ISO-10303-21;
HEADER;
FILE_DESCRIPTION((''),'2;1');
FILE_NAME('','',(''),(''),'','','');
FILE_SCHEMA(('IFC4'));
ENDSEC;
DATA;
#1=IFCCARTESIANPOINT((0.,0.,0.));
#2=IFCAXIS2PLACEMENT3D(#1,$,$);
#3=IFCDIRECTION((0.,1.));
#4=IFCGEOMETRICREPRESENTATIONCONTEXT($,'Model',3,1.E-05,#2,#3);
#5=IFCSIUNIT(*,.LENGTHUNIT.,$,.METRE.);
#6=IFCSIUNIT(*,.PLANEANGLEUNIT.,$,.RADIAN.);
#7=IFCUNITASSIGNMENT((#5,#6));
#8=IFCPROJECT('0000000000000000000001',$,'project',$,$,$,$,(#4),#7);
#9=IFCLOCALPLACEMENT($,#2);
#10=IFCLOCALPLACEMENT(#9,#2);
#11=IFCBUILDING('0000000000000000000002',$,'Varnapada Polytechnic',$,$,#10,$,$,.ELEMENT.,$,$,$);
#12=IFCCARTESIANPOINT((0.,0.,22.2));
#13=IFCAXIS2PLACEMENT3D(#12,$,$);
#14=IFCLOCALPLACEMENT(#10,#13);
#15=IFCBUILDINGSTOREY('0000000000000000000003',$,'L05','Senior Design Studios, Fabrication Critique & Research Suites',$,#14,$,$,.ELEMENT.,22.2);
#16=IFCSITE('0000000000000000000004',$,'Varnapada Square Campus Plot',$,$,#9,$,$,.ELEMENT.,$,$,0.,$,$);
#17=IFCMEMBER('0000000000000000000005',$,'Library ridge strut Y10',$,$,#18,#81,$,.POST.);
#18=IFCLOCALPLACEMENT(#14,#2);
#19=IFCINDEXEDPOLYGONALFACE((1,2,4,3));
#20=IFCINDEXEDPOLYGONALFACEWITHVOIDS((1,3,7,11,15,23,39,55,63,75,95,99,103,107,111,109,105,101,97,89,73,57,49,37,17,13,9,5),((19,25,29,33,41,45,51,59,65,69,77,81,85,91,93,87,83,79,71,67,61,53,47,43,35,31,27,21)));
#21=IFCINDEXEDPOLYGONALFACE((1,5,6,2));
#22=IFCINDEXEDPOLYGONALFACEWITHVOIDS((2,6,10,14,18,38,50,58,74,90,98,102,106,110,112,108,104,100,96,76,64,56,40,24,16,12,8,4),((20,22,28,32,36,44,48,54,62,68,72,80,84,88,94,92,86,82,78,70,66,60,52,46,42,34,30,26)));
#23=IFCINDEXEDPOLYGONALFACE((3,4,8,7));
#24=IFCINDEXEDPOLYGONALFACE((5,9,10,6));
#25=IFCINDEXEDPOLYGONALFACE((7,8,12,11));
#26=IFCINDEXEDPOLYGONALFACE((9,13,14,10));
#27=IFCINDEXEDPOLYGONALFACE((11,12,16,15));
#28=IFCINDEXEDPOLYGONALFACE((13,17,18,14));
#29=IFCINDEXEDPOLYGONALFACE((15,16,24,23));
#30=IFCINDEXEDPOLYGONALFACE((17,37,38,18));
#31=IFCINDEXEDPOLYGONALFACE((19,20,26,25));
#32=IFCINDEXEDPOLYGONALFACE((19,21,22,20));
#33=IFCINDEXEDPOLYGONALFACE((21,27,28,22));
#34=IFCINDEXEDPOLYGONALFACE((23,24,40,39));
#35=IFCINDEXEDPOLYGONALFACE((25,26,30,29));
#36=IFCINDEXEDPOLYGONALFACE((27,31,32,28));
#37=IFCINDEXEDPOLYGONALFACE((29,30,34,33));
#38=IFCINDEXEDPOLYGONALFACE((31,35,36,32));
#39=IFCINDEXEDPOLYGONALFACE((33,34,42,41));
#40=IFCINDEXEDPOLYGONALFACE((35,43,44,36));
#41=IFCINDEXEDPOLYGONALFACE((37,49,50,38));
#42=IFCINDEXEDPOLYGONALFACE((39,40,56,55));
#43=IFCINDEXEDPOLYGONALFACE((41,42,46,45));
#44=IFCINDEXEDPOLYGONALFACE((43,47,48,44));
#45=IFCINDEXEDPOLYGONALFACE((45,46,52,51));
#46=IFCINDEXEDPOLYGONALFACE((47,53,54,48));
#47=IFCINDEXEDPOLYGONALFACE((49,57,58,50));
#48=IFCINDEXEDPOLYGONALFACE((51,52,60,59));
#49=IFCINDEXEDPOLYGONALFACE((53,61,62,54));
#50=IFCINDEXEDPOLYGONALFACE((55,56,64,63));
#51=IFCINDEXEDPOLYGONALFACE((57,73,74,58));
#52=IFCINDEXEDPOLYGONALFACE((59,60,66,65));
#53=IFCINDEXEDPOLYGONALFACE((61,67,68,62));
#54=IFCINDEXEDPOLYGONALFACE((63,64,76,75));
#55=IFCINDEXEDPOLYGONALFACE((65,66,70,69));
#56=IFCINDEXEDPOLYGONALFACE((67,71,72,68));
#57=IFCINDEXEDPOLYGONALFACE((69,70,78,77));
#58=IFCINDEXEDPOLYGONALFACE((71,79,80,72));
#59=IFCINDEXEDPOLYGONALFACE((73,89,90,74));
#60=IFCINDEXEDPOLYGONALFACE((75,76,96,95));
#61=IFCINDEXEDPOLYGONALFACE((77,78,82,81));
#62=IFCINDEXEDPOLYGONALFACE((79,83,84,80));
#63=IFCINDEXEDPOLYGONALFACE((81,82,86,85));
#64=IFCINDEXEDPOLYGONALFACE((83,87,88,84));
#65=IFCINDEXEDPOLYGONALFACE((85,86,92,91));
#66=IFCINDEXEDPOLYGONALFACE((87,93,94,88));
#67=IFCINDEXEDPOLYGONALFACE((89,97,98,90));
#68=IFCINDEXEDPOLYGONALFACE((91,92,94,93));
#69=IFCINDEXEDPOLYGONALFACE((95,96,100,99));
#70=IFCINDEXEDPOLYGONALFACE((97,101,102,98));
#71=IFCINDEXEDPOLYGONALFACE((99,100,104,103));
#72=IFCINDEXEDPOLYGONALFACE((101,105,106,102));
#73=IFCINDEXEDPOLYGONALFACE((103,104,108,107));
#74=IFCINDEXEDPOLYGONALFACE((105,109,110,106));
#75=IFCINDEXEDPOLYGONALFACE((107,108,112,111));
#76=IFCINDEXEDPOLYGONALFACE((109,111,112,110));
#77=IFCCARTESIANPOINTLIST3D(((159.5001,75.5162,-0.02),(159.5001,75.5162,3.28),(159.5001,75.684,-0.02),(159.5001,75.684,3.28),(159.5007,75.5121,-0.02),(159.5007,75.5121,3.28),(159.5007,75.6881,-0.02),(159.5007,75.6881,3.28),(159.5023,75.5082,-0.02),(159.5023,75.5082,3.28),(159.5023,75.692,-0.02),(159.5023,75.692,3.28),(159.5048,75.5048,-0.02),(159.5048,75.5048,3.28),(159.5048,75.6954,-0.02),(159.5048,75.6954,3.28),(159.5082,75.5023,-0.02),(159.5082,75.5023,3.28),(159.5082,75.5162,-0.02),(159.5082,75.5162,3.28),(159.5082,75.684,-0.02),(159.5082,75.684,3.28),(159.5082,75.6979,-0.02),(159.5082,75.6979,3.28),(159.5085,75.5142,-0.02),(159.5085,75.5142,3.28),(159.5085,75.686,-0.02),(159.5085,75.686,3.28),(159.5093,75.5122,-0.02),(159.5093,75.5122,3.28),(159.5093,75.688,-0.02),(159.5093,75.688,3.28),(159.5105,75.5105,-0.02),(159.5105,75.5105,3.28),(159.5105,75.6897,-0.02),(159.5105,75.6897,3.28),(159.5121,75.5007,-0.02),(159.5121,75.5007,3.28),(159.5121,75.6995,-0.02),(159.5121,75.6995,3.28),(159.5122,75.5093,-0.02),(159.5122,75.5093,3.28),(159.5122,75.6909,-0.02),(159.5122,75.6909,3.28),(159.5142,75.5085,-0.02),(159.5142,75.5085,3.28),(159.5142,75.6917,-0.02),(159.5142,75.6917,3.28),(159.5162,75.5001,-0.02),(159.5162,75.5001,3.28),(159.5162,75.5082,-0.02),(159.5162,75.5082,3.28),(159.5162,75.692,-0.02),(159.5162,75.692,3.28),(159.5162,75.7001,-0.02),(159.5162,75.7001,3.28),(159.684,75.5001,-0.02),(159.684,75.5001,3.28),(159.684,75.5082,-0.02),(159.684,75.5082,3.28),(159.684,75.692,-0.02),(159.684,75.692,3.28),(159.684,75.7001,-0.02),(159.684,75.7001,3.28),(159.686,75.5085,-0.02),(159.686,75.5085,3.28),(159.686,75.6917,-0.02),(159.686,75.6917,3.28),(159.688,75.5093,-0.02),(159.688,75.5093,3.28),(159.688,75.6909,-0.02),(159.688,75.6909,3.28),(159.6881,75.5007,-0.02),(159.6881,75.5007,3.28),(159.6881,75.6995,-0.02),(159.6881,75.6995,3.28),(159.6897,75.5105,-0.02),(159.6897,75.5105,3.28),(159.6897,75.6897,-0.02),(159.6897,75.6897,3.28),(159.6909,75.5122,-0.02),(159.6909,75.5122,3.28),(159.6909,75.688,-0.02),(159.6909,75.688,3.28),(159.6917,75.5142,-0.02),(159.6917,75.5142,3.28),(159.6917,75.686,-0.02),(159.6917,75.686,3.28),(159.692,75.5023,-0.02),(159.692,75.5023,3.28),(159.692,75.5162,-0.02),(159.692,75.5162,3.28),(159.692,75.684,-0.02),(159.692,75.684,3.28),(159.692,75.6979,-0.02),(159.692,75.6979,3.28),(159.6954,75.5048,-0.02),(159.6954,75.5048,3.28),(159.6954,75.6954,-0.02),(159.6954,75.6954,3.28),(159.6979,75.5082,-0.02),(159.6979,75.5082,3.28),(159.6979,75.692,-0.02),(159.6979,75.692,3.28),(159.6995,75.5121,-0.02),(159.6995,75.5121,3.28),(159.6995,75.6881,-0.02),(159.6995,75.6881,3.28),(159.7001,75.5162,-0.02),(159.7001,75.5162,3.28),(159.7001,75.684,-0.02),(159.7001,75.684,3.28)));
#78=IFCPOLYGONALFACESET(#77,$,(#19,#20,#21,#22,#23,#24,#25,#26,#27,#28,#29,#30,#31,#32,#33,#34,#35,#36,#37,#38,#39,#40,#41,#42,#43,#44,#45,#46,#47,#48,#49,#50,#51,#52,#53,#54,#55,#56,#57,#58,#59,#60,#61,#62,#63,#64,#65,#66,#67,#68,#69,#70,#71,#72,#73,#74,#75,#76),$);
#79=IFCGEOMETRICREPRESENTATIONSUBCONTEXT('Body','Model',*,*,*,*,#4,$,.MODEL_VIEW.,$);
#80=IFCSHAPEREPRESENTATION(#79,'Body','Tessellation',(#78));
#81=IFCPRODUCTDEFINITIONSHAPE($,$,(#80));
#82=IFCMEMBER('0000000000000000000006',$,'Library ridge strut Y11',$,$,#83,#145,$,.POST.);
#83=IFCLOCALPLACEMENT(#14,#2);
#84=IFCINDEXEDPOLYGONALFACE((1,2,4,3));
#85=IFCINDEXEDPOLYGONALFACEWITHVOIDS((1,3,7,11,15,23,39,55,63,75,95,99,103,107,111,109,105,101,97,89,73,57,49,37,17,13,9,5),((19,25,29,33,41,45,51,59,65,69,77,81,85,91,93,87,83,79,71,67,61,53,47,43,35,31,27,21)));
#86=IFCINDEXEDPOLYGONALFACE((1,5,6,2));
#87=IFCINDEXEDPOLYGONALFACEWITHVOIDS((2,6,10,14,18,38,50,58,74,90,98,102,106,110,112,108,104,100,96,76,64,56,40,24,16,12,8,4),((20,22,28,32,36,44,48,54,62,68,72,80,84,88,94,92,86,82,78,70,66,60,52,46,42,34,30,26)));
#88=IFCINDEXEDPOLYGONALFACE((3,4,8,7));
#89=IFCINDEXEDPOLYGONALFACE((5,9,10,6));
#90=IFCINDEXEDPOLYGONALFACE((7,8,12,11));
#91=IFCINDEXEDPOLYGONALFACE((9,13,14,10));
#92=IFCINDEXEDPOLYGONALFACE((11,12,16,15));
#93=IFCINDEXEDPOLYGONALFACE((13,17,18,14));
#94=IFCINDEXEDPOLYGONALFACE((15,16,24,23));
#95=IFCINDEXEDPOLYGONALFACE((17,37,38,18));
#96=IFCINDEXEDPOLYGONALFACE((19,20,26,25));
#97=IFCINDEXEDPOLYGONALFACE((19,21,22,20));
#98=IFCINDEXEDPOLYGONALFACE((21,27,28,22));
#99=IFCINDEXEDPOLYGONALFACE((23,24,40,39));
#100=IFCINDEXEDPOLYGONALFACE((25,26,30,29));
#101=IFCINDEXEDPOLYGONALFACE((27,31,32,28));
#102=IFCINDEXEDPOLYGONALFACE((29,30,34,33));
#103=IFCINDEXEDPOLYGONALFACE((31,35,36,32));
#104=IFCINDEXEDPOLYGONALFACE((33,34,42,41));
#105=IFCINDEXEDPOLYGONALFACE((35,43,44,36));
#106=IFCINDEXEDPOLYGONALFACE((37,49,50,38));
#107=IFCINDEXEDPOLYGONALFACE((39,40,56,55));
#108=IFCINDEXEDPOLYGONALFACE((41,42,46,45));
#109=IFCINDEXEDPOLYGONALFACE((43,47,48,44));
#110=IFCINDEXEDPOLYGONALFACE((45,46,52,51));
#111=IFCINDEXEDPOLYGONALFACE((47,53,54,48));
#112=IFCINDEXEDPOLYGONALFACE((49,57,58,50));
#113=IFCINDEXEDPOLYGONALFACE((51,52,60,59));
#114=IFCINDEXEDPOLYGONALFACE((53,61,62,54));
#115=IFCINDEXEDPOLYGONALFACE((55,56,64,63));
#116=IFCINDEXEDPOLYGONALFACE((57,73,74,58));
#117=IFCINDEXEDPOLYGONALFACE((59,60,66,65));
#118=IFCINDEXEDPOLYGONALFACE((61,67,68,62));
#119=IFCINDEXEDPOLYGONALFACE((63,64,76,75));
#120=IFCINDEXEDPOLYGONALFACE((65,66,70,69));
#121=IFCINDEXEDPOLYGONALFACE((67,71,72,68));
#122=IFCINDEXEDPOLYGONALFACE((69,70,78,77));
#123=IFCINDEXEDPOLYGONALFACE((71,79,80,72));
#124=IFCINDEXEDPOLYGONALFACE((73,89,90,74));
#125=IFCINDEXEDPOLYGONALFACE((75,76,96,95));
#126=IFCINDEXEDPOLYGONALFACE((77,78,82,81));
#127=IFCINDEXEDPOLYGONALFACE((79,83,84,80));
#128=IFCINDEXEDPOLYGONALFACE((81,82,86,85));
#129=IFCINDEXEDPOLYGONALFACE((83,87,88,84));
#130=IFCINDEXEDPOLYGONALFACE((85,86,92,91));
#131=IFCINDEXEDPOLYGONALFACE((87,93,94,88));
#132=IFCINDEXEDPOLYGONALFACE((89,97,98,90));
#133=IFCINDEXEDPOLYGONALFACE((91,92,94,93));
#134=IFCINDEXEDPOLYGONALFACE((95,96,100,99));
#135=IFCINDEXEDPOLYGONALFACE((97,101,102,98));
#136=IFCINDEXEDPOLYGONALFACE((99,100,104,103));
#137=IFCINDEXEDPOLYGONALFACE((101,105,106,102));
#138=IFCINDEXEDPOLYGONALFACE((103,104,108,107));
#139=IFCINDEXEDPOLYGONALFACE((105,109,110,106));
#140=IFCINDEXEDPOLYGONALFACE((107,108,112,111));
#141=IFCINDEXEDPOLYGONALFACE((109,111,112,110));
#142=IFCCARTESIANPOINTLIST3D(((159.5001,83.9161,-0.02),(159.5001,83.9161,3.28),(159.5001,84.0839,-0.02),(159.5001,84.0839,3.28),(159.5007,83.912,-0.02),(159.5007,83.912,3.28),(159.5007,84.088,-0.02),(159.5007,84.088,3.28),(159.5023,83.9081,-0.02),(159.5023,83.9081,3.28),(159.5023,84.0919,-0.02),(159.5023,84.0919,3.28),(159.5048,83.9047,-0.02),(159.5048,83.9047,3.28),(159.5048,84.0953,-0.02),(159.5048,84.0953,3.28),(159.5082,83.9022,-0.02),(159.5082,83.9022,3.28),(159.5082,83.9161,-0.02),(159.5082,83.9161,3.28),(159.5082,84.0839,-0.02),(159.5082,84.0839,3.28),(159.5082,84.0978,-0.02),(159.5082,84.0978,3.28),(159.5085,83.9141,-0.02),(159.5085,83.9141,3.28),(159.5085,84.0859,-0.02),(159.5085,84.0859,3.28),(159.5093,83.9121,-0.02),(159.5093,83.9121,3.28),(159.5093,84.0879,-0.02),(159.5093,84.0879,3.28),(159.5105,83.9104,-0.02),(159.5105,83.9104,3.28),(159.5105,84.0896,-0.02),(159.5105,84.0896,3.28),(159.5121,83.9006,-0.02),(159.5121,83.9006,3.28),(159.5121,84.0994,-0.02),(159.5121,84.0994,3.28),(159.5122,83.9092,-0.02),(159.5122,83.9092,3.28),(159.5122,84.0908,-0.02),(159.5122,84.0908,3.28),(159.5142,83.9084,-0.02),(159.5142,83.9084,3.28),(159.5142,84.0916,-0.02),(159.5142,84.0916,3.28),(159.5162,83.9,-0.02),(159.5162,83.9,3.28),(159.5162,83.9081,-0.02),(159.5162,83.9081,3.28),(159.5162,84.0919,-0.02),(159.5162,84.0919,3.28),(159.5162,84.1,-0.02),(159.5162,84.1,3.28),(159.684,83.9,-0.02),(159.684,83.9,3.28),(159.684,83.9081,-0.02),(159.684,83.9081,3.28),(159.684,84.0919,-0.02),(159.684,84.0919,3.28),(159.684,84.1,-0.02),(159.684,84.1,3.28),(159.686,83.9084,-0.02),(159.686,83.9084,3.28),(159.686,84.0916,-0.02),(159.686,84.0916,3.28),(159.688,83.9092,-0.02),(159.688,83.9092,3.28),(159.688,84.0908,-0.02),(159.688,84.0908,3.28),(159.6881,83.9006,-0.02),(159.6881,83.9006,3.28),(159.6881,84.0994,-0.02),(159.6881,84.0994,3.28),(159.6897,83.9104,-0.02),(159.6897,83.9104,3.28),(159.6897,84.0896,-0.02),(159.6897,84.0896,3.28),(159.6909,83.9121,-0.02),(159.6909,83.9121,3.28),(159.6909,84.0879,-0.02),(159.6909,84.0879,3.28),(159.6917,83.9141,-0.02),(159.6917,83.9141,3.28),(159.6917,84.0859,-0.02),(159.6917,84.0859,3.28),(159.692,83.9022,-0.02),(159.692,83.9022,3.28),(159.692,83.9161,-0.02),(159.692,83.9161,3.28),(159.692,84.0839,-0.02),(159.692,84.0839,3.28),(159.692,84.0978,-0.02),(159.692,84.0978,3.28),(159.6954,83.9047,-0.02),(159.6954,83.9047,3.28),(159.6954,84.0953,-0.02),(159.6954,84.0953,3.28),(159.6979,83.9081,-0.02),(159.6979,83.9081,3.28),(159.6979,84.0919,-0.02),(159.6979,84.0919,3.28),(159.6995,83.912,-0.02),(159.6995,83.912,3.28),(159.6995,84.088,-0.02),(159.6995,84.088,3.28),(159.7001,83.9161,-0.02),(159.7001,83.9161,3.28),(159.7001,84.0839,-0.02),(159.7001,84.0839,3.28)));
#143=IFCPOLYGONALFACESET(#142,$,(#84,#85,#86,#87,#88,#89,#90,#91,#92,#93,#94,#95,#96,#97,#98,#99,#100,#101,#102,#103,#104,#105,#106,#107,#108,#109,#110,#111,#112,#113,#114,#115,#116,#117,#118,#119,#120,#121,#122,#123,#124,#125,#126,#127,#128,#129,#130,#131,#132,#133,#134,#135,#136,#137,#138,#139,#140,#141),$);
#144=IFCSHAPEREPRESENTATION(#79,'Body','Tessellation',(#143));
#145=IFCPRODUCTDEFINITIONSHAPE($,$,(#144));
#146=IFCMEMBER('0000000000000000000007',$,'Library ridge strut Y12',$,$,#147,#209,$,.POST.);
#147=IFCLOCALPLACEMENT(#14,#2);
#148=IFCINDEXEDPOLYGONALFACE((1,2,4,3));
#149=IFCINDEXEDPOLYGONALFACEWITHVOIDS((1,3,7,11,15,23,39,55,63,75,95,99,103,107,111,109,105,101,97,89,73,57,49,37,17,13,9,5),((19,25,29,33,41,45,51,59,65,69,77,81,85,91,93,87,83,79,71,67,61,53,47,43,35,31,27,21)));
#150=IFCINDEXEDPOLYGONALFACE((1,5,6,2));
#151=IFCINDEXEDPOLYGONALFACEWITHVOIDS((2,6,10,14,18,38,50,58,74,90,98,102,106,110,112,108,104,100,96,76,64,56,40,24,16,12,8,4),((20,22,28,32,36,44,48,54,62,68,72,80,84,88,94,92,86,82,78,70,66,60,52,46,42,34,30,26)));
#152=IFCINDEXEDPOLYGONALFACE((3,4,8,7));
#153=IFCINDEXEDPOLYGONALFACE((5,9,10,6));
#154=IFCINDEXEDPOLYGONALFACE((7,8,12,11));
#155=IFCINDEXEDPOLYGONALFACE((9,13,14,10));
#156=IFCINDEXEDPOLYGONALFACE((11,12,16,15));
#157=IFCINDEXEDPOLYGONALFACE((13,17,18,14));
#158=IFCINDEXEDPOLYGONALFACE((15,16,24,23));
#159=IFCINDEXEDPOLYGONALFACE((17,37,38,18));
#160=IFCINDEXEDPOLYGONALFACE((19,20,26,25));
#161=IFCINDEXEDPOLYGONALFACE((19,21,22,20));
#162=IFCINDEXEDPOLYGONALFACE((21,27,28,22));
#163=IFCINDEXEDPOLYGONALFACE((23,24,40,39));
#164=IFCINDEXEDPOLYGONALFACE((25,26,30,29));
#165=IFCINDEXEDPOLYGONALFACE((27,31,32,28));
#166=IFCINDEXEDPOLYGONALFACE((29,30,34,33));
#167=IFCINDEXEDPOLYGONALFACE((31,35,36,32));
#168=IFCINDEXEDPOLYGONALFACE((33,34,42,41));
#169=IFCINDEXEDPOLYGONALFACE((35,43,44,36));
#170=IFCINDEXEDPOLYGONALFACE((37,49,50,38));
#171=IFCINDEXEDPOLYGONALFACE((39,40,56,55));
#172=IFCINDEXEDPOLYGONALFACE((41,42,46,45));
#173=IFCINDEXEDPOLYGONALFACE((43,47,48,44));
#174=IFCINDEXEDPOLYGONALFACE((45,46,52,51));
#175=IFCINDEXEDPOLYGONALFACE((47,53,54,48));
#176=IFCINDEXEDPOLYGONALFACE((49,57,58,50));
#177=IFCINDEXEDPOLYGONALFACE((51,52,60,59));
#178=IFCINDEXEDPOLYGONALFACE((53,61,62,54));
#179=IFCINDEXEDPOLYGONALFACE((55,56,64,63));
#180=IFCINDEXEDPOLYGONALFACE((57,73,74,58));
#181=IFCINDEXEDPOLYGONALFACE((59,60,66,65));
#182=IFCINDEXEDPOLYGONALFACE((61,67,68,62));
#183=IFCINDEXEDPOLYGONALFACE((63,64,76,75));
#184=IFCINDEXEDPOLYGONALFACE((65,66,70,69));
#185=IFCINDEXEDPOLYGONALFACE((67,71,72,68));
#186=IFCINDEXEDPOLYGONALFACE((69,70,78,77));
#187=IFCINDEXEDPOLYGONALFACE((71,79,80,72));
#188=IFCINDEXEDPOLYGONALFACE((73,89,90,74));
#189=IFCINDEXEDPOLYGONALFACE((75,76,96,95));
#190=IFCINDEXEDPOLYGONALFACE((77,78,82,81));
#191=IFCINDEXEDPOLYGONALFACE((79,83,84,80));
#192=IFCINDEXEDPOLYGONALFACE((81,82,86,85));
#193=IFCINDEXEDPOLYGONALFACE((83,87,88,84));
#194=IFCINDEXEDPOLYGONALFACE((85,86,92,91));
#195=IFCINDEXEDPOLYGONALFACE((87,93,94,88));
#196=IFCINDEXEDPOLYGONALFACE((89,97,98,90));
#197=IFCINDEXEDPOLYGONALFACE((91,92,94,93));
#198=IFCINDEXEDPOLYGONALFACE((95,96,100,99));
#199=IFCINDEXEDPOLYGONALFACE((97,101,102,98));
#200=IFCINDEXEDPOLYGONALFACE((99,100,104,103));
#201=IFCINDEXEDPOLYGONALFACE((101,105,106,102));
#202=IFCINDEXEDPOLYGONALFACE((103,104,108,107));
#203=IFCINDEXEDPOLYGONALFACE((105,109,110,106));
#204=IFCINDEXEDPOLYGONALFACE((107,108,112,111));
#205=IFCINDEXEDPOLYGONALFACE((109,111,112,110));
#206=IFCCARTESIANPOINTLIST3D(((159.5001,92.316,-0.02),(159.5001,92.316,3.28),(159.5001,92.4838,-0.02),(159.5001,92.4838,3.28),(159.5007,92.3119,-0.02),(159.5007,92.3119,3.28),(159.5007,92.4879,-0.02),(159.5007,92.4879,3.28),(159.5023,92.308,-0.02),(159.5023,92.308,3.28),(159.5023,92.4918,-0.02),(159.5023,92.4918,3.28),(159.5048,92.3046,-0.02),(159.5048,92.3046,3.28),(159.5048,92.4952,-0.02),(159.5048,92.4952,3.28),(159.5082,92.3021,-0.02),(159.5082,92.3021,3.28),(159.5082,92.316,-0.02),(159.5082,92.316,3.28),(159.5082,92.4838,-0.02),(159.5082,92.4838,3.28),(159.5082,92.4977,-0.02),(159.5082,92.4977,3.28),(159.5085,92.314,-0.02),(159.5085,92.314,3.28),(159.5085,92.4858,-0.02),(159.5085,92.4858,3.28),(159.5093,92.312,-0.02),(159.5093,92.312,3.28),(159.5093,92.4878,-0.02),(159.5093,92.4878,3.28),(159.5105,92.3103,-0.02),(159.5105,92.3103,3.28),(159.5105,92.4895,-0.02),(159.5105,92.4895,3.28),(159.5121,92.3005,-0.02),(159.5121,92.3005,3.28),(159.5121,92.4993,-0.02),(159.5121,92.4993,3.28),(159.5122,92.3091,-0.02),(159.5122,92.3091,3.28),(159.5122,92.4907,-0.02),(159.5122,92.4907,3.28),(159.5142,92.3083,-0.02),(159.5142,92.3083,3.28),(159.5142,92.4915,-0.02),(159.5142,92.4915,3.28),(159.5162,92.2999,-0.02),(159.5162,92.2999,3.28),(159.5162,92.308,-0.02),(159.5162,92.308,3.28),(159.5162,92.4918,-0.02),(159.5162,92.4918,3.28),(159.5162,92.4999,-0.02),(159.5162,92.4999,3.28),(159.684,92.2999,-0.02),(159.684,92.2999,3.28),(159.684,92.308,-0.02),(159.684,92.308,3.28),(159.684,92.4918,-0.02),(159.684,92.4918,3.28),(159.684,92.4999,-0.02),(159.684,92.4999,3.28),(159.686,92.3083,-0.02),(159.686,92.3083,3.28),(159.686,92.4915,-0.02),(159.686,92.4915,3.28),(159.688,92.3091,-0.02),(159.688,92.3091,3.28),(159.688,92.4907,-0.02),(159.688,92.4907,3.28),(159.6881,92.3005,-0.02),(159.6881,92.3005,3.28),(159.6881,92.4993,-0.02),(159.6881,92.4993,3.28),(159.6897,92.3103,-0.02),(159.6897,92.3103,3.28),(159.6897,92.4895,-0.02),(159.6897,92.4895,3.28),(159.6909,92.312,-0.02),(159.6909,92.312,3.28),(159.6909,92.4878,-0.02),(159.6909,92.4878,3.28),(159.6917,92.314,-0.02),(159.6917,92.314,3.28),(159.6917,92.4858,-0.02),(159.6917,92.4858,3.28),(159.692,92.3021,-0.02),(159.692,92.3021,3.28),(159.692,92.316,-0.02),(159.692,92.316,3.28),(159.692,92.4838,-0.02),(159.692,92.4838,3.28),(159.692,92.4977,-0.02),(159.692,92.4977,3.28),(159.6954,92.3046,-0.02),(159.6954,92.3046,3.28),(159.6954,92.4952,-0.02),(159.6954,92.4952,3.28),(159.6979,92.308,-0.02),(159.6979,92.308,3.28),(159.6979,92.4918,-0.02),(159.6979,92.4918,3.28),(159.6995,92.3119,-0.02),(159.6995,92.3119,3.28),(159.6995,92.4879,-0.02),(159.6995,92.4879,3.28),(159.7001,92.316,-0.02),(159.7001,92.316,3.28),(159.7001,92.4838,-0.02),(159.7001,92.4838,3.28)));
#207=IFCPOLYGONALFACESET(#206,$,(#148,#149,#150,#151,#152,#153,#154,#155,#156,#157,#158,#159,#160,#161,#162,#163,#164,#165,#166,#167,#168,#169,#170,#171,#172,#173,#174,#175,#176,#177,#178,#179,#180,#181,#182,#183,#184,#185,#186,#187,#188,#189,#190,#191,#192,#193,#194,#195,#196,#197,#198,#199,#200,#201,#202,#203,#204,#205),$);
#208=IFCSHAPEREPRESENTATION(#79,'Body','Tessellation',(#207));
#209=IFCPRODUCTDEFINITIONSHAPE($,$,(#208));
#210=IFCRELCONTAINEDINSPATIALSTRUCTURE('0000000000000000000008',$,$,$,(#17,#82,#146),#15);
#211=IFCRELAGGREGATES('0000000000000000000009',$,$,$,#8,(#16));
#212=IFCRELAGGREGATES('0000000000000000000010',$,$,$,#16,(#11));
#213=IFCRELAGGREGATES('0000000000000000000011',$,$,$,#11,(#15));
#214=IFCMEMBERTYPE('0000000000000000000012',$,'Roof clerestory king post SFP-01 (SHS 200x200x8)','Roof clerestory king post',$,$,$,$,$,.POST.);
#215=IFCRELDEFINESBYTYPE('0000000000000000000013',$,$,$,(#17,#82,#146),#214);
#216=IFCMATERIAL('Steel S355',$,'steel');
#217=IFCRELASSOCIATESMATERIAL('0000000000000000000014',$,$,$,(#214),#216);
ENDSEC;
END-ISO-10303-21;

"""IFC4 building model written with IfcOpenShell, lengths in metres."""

from ifc_helpers import new_model, si_unit, direction, frame, origin, origin_2d, place, context, subcontext, project, spatial, hollow_rectangle, extrude, material, material_profile, profile_set, type_object, element, save


model = new_model("IFC4")

# Units and contexts
model_context = context("Model", 3, precision=1e-05, world=origin(), true_north=direction((0.0, 1.0)))
body_context = subcontext(model_context, "Body", "Model", "MODEL_VIEW")
ifc_project = project(units=[si_unit("LENGTHUNIT", "METRE"), si_unit("PLANEANGLEUNIT", "RADIAN")], contexts=[model_context])

# Site, building, storey
site_placement = place(None, origin())
site = spatial("IfcSite", under=ifc_project, at=site_placement, Name="Varnapada Square Campus Plot", CompositionType="ELEMENT", RefElevation=0.0)
building_placement = place(site_placement, origin())
building = spatial("IfcBuilding", under=site, at=building_placement, Name="Varnapada Polytechnic", CompositionType="ELEMENT")
storey_placement = place(building_placement, frame((0.0, 0.0, 22.2)))
storey = spatial("IfcBuildingStorey", under=building, at=storey_placement, Name="L05", Description="Senior Design Studios, Fabrication Critique & Research Suites", CompositionType="ELEMENT", Elevation=22.2)

# Shared definitions
ifc_material_1 = material(Name="Steel S355", Category="steel")

# Members
ifc_material_profile_1 = material_profile(ifc_material_1, hollow_rectangle(XDim=0.2, YDim=0.2, WallThickness=0.0081, InnerFilletRadius=0.0081, OuterFilletRadius=0.0161, at=origin_2d()), Name="SHS 200x200x8")
ifc_profile_set_1 = profile_set([ifc_material_profile_1], Name="Steel S355")
member_type = type_object("IfcMemberType", Name="Roof clerestory king post SFP-01 (SHS 200x200x8)", Description="Roof clerestory king post", PredefinedType="POST", material=ifc_profile_set_1)
for number, where, z_axis, x_axis, name in (
    (1, (159.6001, 75.6001, -0.02), (0.0, 0.0, 1.0), (1.0, 0.0, 0.0), "Library ridge strut Y10"),
    (2, (159.6001, 84.0, -0.02), (0.0, 0.0, 1.0), (1.0, 0.0, 0.0), "Library ridge strut Y11"),
    (3, (159.6001, 92.3999, -0.02), (0.0, 0.0, 1.0), (1.0, 0.0, 0.0), "Library ridge strut Y12"),
):
    element("IfcMember", number, at=place(storey_placement, frame(where, z_axis=z_axis, x_axis=x_axis)), inside=storey, type_object=member_type, Name=name, PredefinedType="POST", context=body_context, shape_type="SweptSolid", body=[
        extrude(hollow_rectangle(XDim=0.2, YDim=0.2, WallThickness=0.0081, InnerFilletRadius=0.0081, OuterFilletRadius=0.0161, at=origin_2d()), origin(), (0.0, 0.0, 1.0), 3.3),
    ])

save(model, "model.ifc")
